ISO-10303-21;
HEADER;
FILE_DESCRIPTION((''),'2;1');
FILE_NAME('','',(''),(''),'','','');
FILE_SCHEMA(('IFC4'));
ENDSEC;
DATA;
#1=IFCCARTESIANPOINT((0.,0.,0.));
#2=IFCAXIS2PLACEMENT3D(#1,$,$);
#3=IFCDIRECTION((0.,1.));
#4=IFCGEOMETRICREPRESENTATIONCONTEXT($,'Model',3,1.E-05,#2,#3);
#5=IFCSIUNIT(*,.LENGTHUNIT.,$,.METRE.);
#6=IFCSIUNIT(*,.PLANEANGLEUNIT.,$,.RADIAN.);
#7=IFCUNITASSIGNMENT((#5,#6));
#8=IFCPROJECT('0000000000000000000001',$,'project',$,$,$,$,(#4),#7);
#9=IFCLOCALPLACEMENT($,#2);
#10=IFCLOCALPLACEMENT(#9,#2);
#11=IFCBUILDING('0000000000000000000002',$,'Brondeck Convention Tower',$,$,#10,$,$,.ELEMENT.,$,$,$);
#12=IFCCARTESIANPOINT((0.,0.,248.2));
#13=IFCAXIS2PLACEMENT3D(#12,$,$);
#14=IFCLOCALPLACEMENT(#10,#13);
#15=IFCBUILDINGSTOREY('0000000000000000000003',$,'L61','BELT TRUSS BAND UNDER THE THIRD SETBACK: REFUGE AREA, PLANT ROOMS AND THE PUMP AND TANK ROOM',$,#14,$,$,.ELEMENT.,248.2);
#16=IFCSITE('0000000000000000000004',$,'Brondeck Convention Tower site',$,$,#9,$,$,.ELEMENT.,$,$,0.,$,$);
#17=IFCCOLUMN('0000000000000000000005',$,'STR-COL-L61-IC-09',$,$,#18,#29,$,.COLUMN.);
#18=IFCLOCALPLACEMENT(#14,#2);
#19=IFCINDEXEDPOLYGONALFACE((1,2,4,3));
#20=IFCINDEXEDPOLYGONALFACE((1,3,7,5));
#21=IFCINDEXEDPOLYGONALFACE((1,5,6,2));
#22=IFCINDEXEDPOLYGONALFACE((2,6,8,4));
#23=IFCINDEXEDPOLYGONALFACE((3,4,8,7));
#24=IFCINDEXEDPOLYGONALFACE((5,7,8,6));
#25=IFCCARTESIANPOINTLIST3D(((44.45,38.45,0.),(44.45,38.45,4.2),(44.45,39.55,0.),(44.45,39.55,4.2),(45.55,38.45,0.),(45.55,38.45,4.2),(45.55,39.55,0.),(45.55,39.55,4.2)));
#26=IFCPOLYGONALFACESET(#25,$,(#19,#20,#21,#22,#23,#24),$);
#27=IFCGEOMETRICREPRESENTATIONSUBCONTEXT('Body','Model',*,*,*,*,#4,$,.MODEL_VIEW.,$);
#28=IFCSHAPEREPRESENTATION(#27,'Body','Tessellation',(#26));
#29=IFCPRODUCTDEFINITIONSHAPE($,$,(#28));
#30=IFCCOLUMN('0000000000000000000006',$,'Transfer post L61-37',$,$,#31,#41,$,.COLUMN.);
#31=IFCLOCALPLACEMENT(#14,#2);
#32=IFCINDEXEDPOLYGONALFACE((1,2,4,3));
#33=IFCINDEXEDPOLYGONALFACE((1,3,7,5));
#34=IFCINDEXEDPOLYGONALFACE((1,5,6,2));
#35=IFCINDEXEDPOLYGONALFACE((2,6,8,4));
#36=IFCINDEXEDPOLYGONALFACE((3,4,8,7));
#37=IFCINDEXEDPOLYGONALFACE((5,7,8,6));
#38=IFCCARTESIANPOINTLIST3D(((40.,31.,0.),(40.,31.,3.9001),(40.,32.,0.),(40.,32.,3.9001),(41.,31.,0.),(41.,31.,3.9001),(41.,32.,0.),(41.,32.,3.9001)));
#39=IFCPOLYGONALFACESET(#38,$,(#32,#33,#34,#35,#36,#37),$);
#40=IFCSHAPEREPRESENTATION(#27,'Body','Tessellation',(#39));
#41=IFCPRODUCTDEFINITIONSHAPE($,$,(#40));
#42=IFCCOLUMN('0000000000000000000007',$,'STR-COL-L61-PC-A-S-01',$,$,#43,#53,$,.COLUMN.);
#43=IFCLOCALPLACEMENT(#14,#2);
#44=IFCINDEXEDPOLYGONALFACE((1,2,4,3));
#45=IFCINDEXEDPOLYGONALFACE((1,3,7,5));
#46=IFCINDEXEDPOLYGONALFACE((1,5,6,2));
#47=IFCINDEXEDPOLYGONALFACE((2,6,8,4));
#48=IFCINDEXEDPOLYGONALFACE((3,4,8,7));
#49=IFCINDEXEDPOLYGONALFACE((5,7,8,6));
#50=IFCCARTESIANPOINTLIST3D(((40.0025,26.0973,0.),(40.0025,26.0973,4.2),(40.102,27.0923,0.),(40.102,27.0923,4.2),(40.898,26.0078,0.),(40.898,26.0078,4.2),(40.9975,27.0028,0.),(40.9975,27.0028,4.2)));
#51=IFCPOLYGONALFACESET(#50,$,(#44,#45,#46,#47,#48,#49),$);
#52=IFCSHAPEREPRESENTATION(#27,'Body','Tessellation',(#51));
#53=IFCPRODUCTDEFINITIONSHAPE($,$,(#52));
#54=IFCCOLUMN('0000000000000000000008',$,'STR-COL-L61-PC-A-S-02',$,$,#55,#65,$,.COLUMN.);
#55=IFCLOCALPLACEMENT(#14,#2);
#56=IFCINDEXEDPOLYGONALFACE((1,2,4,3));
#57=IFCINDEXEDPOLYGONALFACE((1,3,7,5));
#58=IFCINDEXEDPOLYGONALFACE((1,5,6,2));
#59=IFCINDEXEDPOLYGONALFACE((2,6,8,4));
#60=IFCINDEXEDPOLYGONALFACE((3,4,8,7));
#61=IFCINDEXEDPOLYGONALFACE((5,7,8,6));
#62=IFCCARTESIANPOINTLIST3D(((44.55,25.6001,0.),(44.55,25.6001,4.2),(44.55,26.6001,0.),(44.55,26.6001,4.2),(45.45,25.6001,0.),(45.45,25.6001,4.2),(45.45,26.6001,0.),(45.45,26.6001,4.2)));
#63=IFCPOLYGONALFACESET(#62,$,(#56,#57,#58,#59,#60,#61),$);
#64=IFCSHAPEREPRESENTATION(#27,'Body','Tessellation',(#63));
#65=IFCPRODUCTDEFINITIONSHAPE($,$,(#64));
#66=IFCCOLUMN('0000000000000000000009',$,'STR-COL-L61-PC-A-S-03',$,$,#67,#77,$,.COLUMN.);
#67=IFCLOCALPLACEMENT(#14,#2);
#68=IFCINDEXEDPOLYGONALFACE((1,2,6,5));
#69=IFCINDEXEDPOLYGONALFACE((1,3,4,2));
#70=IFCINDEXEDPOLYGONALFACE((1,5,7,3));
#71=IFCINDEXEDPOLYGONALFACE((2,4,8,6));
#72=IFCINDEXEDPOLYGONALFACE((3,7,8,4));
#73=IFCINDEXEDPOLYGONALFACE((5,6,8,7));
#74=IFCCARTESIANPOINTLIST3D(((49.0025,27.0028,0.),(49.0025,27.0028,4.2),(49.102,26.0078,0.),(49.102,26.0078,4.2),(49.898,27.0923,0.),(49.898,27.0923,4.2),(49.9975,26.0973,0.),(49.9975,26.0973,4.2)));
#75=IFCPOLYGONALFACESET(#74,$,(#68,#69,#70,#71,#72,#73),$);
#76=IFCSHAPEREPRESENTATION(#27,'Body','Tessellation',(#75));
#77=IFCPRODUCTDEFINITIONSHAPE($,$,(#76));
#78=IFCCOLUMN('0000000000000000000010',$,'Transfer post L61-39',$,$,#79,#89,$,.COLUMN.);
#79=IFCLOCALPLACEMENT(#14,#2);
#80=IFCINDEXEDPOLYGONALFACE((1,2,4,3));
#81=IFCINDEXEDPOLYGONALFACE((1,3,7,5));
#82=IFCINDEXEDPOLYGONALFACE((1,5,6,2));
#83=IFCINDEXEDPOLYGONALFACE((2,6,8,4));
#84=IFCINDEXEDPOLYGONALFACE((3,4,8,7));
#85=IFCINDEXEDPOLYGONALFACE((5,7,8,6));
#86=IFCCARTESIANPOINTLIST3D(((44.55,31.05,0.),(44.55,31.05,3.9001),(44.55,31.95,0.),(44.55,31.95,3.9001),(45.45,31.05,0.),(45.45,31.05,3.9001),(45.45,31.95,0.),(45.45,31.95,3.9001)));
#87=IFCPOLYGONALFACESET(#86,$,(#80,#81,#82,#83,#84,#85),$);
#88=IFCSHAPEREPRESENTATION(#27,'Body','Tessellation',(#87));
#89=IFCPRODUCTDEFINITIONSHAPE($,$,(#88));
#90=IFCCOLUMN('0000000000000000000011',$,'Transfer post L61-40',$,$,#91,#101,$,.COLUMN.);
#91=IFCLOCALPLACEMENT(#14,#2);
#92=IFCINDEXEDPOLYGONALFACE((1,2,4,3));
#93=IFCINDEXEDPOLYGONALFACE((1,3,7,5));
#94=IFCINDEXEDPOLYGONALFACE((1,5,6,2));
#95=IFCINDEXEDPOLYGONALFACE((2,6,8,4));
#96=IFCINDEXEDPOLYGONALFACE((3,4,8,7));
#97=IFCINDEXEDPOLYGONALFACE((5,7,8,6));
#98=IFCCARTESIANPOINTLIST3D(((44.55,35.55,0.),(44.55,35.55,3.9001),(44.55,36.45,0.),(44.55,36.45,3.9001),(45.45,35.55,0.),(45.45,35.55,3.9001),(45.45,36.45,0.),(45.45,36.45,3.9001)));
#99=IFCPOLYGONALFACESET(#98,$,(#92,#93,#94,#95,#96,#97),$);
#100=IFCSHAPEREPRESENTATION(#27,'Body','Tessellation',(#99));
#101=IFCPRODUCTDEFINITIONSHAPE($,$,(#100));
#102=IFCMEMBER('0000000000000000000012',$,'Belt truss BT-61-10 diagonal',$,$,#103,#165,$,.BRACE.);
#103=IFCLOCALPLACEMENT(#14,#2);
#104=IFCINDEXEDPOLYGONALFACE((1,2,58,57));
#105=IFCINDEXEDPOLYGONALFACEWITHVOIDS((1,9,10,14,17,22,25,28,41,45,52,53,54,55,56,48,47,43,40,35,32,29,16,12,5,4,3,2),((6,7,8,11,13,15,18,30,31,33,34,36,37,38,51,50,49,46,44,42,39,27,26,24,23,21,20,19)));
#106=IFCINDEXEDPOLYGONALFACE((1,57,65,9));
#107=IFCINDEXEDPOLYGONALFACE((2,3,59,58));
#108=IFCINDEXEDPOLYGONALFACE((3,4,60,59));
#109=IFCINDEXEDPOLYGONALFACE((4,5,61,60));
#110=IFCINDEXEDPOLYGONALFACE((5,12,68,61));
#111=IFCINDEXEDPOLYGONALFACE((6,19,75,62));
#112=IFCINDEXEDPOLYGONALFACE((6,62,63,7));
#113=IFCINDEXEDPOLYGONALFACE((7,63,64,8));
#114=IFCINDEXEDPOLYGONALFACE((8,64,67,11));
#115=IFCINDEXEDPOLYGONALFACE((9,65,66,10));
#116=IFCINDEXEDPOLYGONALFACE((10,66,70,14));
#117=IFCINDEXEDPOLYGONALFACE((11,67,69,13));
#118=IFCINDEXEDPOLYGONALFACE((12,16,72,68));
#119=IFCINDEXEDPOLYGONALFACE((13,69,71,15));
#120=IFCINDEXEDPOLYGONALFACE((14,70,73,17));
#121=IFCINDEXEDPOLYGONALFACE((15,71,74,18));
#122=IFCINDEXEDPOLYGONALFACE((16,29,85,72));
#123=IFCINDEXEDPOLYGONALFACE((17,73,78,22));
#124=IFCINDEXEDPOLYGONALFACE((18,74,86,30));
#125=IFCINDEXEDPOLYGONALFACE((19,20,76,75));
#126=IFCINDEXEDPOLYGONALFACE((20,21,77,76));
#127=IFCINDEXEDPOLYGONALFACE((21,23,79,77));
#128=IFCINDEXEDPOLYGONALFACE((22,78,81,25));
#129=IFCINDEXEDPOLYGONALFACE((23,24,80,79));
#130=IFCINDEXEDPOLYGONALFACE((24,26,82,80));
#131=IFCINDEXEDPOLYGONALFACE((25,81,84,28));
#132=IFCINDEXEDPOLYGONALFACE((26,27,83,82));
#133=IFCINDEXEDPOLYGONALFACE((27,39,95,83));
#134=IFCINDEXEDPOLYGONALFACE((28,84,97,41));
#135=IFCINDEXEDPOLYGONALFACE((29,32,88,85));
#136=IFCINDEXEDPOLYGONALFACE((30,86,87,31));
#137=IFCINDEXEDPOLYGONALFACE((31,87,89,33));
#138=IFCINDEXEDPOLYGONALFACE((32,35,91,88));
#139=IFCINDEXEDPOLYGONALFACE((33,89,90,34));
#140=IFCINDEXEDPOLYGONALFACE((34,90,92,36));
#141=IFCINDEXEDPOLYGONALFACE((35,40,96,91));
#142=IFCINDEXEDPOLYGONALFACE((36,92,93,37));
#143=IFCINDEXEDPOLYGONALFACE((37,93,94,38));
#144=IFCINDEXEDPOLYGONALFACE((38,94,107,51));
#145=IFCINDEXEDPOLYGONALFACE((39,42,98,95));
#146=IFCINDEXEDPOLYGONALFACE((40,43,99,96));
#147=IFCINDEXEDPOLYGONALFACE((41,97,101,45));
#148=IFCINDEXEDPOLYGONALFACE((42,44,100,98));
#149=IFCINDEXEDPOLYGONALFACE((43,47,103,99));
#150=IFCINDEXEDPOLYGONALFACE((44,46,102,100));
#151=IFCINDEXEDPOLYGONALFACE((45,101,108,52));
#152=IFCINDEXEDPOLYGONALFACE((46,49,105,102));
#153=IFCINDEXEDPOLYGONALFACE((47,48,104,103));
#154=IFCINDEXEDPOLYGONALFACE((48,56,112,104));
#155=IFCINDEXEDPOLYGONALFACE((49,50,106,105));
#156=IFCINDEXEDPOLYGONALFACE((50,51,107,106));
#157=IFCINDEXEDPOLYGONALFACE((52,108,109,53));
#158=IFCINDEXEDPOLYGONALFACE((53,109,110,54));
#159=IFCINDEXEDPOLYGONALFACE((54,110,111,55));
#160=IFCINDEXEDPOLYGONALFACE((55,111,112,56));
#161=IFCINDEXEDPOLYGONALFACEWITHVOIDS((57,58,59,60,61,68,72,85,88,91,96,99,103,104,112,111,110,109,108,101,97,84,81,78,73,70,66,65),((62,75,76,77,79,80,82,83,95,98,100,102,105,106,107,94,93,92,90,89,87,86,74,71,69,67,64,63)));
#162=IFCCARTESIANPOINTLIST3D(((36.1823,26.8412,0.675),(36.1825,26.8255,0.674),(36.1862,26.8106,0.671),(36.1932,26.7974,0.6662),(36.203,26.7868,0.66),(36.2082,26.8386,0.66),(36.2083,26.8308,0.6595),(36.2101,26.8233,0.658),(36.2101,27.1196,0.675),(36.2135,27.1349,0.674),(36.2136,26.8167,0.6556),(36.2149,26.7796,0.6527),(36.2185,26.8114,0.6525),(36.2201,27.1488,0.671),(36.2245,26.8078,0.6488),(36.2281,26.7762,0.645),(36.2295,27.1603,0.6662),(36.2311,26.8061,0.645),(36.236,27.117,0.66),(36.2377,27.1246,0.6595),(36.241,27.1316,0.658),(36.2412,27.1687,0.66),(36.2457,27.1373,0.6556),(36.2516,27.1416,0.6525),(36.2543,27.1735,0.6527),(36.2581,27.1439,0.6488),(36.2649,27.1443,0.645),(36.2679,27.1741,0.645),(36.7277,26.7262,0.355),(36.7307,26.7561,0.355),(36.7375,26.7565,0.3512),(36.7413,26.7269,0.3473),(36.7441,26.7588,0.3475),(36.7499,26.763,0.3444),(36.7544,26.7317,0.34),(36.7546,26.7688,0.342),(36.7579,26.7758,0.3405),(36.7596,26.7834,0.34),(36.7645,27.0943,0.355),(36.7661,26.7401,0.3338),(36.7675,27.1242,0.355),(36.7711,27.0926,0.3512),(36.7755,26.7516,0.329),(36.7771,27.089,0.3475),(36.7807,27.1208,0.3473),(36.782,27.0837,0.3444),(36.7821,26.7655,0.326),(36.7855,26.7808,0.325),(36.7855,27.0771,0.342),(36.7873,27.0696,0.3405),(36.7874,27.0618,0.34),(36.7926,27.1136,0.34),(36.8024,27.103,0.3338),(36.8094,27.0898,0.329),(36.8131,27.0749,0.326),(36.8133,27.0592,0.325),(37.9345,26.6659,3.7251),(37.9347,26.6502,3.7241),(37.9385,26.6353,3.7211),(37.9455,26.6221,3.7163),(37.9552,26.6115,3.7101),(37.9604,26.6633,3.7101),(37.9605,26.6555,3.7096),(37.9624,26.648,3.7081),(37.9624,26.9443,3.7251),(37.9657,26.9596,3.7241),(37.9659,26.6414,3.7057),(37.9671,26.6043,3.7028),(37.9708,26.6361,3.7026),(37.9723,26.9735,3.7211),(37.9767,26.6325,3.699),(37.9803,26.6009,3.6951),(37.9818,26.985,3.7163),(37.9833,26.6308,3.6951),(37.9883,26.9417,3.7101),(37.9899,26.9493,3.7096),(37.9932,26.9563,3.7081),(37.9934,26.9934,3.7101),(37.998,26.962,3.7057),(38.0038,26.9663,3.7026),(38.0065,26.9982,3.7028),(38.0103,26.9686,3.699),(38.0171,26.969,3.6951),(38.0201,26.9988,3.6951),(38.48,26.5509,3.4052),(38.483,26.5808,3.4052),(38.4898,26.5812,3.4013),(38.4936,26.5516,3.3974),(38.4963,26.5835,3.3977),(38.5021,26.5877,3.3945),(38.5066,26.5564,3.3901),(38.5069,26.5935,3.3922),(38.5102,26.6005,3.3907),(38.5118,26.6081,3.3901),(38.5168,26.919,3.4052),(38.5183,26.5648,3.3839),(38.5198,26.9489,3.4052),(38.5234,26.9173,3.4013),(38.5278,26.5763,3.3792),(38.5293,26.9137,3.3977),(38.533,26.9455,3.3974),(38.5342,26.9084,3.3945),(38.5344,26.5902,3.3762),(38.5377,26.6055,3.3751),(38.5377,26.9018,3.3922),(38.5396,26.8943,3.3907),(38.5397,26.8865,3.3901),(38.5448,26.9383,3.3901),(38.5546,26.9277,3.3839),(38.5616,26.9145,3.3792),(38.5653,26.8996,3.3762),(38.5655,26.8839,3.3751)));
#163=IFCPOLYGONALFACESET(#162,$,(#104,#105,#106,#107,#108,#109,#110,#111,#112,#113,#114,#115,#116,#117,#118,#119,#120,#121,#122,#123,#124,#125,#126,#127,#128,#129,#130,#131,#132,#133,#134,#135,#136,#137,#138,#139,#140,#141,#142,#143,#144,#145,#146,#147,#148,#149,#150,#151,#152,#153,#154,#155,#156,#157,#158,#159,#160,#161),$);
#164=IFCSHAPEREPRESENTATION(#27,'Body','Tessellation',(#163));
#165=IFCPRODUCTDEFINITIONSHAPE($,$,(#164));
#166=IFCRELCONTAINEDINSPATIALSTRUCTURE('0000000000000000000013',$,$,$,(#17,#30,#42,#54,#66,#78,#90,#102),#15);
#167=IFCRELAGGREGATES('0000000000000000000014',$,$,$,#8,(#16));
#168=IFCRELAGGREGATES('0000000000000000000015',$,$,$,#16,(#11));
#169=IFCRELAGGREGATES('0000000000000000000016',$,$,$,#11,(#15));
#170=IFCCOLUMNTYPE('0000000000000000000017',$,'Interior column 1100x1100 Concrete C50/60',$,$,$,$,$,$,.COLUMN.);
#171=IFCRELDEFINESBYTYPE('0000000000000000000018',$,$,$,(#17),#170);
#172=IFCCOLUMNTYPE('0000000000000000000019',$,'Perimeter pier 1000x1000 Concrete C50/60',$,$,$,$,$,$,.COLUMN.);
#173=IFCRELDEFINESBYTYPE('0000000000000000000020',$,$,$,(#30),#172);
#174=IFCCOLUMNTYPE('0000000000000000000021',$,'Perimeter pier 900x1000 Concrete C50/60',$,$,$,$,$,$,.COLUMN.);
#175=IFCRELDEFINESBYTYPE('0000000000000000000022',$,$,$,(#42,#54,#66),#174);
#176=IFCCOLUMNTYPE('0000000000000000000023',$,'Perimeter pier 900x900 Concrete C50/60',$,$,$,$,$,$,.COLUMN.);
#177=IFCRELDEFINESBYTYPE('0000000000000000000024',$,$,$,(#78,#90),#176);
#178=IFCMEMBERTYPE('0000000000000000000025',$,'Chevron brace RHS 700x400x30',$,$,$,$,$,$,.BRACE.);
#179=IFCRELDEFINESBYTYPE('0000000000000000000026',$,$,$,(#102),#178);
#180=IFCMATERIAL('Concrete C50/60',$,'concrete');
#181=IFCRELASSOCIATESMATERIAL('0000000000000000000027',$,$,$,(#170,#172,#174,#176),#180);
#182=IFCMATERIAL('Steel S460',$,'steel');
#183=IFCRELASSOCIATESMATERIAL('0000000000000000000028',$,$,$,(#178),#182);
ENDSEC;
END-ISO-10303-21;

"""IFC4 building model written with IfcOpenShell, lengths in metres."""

from ifc_helpers import new_model, si_unit, direction, frame, origin, origin_2d, place, context, subcontext, project, spatial, rectangle, hollow_rectangle, extrude, material, material_profile, profile_set, type_object, element, save


model = new_model("IFC4")

# Units and contexts
model_context = context("Model", 3, precision=1e-05, world=origin(), true_north=direction((0.0, 1.0)))
body_context = subcontext(model_context, "Body", "Model", "MODEL_VIEW")
ifc_project = project(units=[si_unit("LENGTHUNIT", "METRE"), si_unit("PLANEANGLEUNIT", "RADIAN")], contexts=[model_context])

# Site, building, storey
site_placement = place(None, origin())
site = spatial("IfcSite", under=ifc_project, at=site_placement, Name="Brondeck Convention Tower site", CompositionType="ELEMENT", RefElevation=0.0)
building_placement = place(site_placement, origin())
building = spatial("IfcBuilding", under=site, at=building_placement, Name="Brondeck Convention Tower", CompositionType="ELEMENT")
storey_placement = place(building_placement, frame((0.0, 0.0, 248.2)))
storey = spatial("IfcBuildingStorey", under=building, at=storey_placement, Name="L61", Description="BELT TRUSS BAND UNDER THE THIRD SETBACK: REFUGE AREA, PLANT ROOMS AND THE PUMP AND TANK ROOM", CompositionType="ELEMENT", Elevation=248.2)

# Columns
ifc_material_1 = material(Name="Concrete C50/60", Category="concrete")
ifc_material_profile_1 = material_profile(ifc_material_1, rectangle(XDim=1.1001, YDim=1.1001, at=origin_2d()), Name="Interior column 1100x1100 Concrete C50/60")
ifc_profile_set_1 = profile_set([ifc_material_profile_1], Name="Concrete C50/60")
column_type_1 = type_object("IfcColumnType", Name="Interior column 1100x1100 Concrete C50/60", PredefinedType="COLUMN", material=ifc_profile_set_1)
column_1_placement = place(storey_placement, frame((45.0, 39.0, 0.0), z_axis=(0.0, 0.0, 1.0), x_axis=(1.0, 0.0, 0.0)))
element("IfcColumn", 1, at=column_1_placement, inside=storey, type_object=column_type_1, Name="STR-COL-L61-IC-09", PredefinedType="COLUMN", context=body_context, shape_type="SweptSolid", body=[
    extrude(rectangle(XDim=1.1001, YDim=1.1001, at=origin_2d()), origin(), (0.0, 0.0, 1.0), 4.2),
])
ifc_material_profile_2 = material_profile(ifc_material_1, rectangle(XDim=1.0, YDim=1.0, at=origin_2d()), Name="Perimeter pier 1000x1000 Concrete C50/60")
ifc_profile_set_2 = profile_set([ifc_material_profile_2], Name="Concrete C50/60")
column_type_2 = type_object("IfcColumnType", Name="Perimeter pier 1000x1000 Concrete C50/60", PredefinedType="COLUMN", material=ifc_profile_set_2)
column_2_placement = place(storey_placement, frame((40.5, 31.5, 0.0), z_axis=(0.0, 0.0, 1.0), x_axis=(1.0, 0.0, 0.0)))
element("IfcColumn", 2, at=column_2_placement, inside=storey, type_object=column_type_2, Name="Transfer post L61-37", PredefinedType="COLUMN", context=body_context, shape_type="SweptSolid", body=[
    extrude(rectangle(XDim=1.0, YDim=1.0, at=origin_2d()), origin(), (0.0, 0.0, 1.0), 3.9001),
])
ifc_material_profile_3 = material_profile(ifc_material_1, rectangle(XDim=0.8999, YDim=1.0, at=origin_2d()), Name="Perimeter pier 900x1000 Concrete C50/60")
ifc_profile_set_3 = profile_set([ifc_material_profile_3], Name="Concrete C50/60")
column_type_3 = type_object("IfcColumnType", Name="Perimeter pier 900x1000 Concrete C50/60", PredefinedType="COLUMN", material=ifc_profile_set_3)
for number, where, z_axis, x_axis, name in (
    (3, (40.5, 26.55, 0.0), (0.0, 0.0, 1.0), (0.995037, -0.099504, 0.0), "STR-COL-L61-PC-A-S-01"),
    (4, (45.0, 26.1001, 0.0), (0.0, 0.0, 1.0), (1.0, 0.0, 0.0), "STR-COL-L61-PC-A-S-02"),
    (5, (49.5, 26.55, 0.0), (0.0, 0.0, 1.0), (0.995037, 0.099504, 0.0), "STR-COL-L61-PC-A-S-03"),
):
    element("IfcColumn", number, at=place(storey_placement, frame(where, z_axis=z_axis, x_axis=x_axis)), inside=storey, type_object=column_type_3, Name=name, PredefinedType="COLUMN", context=body_context, shape_type="SweptSolid", body=[
        extrude(rectangle(XDim=0.8999, YDim=1.0, at=origin_2d()), origin(), (0.0, 0.0, 1.0), 4.2),
    ])
ifc_material_profile_4 = material_profile(ifc_material_1, rectangle(XDim=0.8999, YDim=0.8999, at=origin_2d()), Name="Perimeter pier 900x900 Concrete C50/60")
ifc_profile_set_4 = profile_set([ifc_material_profile_4], Name="Concrete C50/60")
column_type_4 = type_object("IfcColumnType", Name="Perimeter pier 900x900 Concrete C50/60", PredefinedType="COLUMN", material=ifc_profile_set_4)
for number, where, z_axis, x_axis, name in (
    (6, (45.0, 31.5, 0.0), (0.0, 0.0, 1.0), (0.0, 1.0, 0.0), "Transfer post L61-39"),
    (7, (45.0, 36.0, 0.0), (0.0, 0.0, 1.0), (0.0, 1.0, 0.0), "Transfer post L61-40"),
):
    element("IfcColumn", number, at=place(storey_placement, frame(where, z_axis=z_axis, x_axis=x_axis)), inside=storey, type_object=column_type_4, Name=name, PredefinedType="COLUMN", context=body_context, shape_type="SweptSolid", body=[
        extrude(rectangle(XDim=0.8999, YDim=0.8999, at=origin_2d()), origin(), (0.0, 0.0, 1.0), 3.9001),
    ])

# Member
ifc_material_2 = material(Name="Steel S460", Category="steel")
ifc_material_profile_5 = material_profile(ifc_material_2, hollow_rectangle(XDim=0.3999, YDim=0.7, WallThickness=0.03, InnerFilletRadius=0.03, OuterFilletRadius=0.0601, at=origin_2d()), Name="RHS 700x400x30")
ifc_profile_set_5 = profile_set([ifc_material_profile_5], Name="Steel S460")
member_type_1 = type_object("IfcMemberType", Name="Chevron brace RHS 700x400x30", PredefinedType="BRACE", material=ifc_profile_set_5)
for number, where, z_axis, x_axis, name in (
    (8, (36.4978, 26.9502, 0.5), (0.497516, -0.049772, 0.866026), (0.099545, 0.995033, 0.0), "Belt truss BT-61-10 diagonal"),
):
    element("IfcMember", number, at=place(storey_placement, frame(where, z_axis=z_axis, x_axis=x_axis)), inside=storey, type_object=member_type_1, Name=name, PredefinedType="BRACE", context=body_context, shape_type="SweptSolid", body=[
        extrude(hollow_rectangle(XDim=0.3999, YDim=0.7, WallThickness=0.03, InnerFilletRadius=0.03, OuterFilletRadius=0.0601, at=origin_2d()), origin(), (0.0, 0.0, 1.0), 3.522),
    ])

save(model, "model.ifc")
